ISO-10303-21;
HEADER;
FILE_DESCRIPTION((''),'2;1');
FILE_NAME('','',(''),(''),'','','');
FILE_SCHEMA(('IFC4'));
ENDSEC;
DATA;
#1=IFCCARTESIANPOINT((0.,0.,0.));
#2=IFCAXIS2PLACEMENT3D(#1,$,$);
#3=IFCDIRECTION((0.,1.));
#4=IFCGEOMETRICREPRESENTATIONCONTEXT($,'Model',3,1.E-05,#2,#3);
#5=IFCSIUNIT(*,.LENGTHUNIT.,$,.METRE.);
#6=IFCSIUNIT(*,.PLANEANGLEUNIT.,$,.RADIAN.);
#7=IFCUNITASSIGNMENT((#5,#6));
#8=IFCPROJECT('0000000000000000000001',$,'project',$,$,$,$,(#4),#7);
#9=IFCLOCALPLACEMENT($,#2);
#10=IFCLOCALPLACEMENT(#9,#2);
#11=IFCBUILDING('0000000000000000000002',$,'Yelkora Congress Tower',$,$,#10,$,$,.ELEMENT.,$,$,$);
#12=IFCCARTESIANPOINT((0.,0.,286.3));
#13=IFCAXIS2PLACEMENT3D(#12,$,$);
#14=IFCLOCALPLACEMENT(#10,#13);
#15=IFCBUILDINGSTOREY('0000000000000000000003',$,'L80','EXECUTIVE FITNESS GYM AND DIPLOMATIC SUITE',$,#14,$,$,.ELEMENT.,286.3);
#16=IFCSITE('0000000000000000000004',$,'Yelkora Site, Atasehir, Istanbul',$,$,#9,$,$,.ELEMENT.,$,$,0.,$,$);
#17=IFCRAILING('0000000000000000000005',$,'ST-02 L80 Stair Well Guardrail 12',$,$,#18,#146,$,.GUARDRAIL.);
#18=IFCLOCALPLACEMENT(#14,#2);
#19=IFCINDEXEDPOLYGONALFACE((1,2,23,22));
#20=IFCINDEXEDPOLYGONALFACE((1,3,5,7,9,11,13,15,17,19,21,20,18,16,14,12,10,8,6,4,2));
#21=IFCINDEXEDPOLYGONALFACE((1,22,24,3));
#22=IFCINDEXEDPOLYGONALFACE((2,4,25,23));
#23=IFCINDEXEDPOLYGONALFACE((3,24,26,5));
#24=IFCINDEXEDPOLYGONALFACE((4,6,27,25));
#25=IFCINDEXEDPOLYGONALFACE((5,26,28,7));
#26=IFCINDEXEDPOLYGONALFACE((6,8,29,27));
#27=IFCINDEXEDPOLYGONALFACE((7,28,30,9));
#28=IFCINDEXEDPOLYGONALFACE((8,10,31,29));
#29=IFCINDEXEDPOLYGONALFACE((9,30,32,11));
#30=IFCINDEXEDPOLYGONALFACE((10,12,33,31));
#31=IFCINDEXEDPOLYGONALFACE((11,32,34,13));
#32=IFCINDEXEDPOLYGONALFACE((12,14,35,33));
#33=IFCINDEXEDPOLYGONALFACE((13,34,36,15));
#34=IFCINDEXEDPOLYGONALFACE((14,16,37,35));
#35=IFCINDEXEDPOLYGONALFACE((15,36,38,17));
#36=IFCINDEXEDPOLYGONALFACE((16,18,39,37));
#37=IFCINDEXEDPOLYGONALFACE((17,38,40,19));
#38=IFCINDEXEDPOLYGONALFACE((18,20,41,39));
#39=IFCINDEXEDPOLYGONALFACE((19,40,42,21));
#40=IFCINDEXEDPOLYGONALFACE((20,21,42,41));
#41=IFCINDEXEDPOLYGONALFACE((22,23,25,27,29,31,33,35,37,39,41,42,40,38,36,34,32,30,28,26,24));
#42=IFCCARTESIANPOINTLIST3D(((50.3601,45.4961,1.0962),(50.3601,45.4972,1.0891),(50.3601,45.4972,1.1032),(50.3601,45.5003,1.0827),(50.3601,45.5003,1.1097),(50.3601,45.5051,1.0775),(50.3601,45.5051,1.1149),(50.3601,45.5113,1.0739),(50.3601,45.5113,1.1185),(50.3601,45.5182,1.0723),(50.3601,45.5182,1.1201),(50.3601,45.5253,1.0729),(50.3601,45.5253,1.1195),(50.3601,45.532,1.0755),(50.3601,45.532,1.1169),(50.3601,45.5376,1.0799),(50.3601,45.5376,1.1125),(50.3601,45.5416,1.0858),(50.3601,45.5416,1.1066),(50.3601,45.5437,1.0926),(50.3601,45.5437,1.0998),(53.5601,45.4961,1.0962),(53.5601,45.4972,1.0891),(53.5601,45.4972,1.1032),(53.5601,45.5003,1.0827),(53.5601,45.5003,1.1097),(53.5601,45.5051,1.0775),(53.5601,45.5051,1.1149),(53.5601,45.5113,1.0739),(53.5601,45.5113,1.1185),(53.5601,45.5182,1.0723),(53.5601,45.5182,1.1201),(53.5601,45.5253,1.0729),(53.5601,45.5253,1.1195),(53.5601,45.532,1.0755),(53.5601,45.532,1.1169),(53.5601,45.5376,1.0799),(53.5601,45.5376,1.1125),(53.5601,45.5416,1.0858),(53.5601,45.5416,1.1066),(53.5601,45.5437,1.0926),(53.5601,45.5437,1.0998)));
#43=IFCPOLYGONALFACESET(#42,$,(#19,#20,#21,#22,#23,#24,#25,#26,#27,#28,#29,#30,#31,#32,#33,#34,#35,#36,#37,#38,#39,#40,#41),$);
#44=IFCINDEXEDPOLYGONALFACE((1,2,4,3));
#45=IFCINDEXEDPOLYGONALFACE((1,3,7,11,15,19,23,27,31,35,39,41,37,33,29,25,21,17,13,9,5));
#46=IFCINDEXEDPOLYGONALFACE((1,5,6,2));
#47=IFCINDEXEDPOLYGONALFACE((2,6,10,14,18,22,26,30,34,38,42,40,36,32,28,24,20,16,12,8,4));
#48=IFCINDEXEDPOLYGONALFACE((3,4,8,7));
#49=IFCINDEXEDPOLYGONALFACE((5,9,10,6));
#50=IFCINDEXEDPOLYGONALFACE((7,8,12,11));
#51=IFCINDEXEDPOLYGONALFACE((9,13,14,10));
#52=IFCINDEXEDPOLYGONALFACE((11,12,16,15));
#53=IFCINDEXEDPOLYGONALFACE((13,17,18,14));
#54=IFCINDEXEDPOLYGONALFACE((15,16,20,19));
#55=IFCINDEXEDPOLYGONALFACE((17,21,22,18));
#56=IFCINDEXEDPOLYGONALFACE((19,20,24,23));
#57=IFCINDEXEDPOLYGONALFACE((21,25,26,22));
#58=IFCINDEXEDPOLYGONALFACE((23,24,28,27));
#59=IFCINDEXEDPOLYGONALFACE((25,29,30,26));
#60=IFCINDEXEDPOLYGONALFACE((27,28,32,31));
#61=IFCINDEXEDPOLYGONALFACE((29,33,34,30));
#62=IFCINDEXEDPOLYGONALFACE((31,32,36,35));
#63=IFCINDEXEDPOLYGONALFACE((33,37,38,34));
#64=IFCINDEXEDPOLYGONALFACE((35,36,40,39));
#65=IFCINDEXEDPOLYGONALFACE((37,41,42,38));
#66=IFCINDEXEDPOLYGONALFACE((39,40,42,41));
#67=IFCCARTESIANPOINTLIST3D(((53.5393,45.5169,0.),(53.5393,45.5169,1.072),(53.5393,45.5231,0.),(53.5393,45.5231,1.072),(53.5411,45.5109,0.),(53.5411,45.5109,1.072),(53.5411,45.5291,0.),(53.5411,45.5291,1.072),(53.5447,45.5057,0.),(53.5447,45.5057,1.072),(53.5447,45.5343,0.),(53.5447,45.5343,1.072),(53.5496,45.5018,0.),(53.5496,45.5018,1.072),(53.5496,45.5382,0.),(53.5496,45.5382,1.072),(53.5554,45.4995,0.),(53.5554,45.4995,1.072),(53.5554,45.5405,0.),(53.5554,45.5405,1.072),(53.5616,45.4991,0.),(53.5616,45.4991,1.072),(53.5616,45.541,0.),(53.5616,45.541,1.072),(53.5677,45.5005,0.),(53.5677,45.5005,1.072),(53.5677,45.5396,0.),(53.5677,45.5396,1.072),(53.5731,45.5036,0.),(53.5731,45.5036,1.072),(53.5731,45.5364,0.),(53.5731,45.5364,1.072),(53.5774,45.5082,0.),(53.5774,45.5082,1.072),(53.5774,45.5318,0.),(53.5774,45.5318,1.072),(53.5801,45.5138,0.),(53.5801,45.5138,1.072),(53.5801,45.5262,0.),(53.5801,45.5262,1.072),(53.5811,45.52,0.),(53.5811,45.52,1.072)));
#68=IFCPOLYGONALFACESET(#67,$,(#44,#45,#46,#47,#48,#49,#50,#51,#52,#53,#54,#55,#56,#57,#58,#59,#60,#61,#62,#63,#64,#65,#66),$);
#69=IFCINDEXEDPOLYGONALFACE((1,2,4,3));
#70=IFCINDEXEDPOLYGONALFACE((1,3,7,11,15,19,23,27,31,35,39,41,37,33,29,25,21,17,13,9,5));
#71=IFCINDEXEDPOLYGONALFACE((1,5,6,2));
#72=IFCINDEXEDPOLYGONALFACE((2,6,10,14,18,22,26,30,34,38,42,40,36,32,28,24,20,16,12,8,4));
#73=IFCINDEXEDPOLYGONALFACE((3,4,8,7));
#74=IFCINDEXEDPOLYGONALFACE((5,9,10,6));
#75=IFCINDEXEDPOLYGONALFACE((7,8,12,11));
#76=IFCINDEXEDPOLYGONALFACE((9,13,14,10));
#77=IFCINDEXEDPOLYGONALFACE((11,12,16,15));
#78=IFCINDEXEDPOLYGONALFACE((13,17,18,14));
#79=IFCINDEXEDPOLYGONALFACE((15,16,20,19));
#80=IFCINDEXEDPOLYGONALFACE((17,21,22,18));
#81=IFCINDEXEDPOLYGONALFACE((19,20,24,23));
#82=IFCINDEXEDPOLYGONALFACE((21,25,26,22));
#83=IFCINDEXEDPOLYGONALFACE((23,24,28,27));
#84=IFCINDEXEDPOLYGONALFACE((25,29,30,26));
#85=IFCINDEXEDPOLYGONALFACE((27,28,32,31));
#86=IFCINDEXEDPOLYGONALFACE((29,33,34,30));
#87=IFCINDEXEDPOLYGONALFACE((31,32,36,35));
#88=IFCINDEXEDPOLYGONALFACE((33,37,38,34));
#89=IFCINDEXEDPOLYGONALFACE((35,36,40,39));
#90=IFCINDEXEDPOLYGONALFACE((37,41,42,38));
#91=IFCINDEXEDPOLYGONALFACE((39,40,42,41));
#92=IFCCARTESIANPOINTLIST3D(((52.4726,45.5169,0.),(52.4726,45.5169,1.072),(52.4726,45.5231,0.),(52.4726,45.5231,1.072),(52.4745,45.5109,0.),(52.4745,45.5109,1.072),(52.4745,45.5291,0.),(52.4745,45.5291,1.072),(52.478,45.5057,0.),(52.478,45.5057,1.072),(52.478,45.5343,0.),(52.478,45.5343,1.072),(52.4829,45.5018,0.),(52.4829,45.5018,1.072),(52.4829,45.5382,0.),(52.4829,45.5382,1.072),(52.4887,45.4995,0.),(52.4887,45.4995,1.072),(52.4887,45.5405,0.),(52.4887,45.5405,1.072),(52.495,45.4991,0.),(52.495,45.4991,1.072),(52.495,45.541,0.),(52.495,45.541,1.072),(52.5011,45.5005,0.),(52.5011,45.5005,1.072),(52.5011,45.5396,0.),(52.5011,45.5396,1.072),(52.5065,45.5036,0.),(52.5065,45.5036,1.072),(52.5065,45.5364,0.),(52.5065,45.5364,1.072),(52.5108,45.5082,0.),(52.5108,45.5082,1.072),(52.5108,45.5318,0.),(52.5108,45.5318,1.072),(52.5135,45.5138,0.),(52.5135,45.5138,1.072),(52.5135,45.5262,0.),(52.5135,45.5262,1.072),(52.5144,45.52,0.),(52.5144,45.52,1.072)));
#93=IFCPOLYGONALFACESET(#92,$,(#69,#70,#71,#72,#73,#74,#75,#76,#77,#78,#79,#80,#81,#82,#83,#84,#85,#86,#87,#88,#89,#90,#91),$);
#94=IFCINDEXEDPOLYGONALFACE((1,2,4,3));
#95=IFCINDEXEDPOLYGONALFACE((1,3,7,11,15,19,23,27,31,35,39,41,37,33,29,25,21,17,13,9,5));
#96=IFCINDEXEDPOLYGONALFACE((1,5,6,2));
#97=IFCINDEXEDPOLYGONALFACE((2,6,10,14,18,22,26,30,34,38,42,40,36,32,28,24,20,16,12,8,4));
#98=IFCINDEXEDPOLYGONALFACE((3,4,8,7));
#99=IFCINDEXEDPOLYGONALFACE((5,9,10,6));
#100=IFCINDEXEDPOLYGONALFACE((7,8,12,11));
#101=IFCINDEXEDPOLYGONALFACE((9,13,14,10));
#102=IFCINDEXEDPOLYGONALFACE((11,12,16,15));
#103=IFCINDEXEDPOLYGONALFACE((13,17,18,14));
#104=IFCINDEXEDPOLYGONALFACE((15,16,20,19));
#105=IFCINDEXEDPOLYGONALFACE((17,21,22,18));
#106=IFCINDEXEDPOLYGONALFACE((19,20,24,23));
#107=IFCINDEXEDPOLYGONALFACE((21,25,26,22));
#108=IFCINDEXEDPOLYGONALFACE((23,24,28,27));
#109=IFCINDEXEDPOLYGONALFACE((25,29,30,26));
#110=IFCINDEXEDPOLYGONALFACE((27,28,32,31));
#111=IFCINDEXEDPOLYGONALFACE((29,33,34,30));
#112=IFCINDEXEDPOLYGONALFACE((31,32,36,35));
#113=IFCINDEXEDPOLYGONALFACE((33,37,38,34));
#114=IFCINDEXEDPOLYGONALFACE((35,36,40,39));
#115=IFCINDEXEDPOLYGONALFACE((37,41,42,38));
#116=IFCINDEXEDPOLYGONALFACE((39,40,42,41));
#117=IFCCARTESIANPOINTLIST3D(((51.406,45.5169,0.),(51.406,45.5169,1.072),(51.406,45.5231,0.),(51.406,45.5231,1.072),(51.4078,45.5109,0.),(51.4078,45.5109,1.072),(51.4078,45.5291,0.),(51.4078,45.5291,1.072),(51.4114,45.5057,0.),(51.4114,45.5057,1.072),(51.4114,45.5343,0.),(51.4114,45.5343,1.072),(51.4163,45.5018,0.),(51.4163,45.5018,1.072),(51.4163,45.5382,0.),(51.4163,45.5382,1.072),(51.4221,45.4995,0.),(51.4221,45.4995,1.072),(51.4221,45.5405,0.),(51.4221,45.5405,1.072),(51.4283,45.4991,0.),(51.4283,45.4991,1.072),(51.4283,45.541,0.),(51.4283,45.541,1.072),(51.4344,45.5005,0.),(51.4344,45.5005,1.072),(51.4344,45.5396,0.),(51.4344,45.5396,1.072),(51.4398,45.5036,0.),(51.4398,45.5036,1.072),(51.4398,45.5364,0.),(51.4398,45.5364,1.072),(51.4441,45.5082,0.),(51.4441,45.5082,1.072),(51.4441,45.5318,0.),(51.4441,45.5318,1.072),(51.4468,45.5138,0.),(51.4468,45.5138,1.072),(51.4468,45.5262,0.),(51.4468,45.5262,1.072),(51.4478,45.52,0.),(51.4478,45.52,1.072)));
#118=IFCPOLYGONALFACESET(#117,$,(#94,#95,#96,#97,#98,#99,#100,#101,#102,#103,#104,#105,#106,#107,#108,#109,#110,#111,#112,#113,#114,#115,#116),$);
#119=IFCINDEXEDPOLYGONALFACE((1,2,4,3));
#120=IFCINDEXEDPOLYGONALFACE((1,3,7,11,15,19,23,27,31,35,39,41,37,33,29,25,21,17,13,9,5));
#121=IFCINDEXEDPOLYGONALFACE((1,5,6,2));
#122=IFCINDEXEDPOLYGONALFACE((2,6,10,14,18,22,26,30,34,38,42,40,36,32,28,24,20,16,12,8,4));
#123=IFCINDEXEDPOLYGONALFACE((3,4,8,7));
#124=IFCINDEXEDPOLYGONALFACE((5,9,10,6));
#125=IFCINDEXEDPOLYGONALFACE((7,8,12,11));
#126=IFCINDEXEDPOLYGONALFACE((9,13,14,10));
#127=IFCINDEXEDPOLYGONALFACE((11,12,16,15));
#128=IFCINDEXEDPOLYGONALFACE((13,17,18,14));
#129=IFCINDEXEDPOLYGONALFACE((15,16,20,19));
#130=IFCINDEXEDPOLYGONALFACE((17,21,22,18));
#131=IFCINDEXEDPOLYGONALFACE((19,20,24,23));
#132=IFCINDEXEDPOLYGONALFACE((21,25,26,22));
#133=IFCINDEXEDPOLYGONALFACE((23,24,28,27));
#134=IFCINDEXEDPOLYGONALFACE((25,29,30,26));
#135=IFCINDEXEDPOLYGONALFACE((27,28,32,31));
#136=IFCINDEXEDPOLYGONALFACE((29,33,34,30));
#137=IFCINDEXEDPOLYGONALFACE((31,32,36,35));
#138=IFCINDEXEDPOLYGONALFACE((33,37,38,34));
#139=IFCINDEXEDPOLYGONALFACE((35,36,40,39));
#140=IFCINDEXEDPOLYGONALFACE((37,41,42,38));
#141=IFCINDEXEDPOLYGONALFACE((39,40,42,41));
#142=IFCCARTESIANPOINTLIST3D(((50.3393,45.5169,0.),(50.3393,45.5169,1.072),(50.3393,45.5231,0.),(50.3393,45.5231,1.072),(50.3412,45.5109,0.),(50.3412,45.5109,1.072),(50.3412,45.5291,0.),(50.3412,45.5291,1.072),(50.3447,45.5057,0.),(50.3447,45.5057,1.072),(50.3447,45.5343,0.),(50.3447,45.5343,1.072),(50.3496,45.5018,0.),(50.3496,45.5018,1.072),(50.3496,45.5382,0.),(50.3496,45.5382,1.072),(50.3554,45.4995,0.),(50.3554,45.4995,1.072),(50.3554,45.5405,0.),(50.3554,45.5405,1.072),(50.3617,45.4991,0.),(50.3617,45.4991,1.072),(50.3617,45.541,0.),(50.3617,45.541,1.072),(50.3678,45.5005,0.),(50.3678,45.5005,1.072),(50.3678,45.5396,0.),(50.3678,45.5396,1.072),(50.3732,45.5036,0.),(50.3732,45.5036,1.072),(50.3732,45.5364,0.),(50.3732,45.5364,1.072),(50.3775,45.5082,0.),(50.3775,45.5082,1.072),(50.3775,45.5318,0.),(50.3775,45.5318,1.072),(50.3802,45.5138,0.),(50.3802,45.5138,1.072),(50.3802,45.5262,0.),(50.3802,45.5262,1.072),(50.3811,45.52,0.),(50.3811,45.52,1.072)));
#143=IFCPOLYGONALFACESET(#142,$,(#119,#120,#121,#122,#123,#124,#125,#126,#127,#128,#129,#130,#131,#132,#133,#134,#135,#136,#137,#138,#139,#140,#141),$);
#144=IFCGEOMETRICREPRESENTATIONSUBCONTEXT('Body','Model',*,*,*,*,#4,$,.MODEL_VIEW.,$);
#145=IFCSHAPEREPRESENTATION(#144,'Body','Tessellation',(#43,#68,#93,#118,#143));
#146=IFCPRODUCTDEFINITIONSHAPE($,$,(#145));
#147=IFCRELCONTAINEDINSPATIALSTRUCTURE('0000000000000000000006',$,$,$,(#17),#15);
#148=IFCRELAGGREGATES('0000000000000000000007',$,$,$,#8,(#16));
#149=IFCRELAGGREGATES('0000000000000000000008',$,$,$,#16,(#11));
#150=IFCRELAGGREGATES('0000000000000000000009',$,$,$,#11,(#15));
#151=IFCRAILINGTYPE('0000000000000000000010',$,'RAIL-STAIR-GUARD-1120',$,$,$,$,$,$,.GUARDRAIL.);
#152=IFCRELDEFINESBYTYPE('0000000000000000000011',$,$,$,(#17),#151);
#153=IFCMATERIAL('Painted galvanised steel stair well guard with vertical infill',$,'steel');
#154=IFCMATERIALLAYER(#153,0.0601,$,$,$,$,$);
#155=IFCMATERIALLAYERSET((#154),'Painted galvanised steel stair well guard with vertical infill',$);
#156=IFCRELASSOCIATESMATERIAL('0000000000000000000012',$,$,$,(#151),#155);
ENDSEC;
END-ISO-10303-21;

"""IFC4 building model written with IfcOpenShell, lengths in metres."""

from ifc_helpers import new_model, si_unit, direction, frame, origin, origin_2d, place, context, subcontext, project, spatial, circle, extrude, material, layer, layer_set, type_object, element, save


model = new_model("IFC4")

# Units and contexts
model_context = context("Model", 3, precision=1e-05, world=origin(), true_north=direction((0.0, 1.0)))
body_context = subcontext(model_context, "Body", "Model", "MODEL_VIEW")
ifc_project = project(units=[si_unit("LENGTHUNIT", "METRE"), si_unit("PLANEANGLEUNIT", "RADIAN")], contexts=[model_context])

# Site, building, storey
site_placement = place(None, origin())
site = spatial("IfcSite", under=ifc_project, at=site_placement, Name="Yelkora Site, Atasehir, Istanbul", CompositionType="ELEMENT", RefElevation=0.0)
building_placement = place(site_placement, origin())
building = spatial("IfcBuilding", under=site, at=building_placement, Name="Yelkora Congress Tower", CompositionType="ELEMENT")
storey_placement = place(building_placement, frame((0.0, 0.0, 286.3)))
storey = spatial("IfcBuildingStorey", under=building, at=storey_placement, Name="L80", Description="EXECUTIVE FITNESS GYM AND DIPLOMATIC SUITE", CompositionType="ELEMENT", Elevation=286.3)

# Railing
ifc_material_1 = material(Name="Painted galvanised steel stair well guard with vertical infill", Category="steel")
ifc_layer_1 = layer(ifc_material_1, 0.0601)
ifc_layer_set_1 = layer_set([ifc_layer_1], Name="Painted galvanised steel stair well guard with vertical infill")
railing_type = type_object("IfcRailingType", Name="RAIL-STAIR-GUARD-1120", PredefinedType="GUARDRAIL", material=ifc_layer_set_1)
railing_1_placement = place(storey_placement, frame((53.5601, 45.52, 0.0)))
element("IfcRailing", 1, at=railing_1_placement, inside=storey, type_object=railing_type, Name="ST-02 L80 Stair Well Guardrail 12", PredefinedType="GUARDRAIL", context=body_context, shape_type="SweptSolid", body=[
    extrude(circle(Radius=0.0239, at=origin_2d()), frame((0.0, 0.0, 1.0962), z_axis=(-1.0, 0.0, 0.0), x_axis=(0.0, -1.0, 0.0)), (0.0, 0.0, 1.0), 3.2),
    extrude(circle(Radius=0.021, at=origin_2d()), origin(), (0.0, 0.0, 1.0), 1.072),
    extrude(circle(Radius=0.021, at=origin_2d()), frame((-1.0667, 0.0, 0.0)), (0.0, 0.0, 1.0), 1.072),
    extrude(circle(Radius=0.021, at=origin_2d()), frame((-2.1333, 0.0, 0.0)), (0.0, 0.0, 1.0), 1.072),
    extrude(circle(Radius=0.021, at=origin_2d()), frame((-3.2, 0.0, 0.0)), (0.0, 0.0, 1.0), 1.072),
])

save(model, "model.ifc")
